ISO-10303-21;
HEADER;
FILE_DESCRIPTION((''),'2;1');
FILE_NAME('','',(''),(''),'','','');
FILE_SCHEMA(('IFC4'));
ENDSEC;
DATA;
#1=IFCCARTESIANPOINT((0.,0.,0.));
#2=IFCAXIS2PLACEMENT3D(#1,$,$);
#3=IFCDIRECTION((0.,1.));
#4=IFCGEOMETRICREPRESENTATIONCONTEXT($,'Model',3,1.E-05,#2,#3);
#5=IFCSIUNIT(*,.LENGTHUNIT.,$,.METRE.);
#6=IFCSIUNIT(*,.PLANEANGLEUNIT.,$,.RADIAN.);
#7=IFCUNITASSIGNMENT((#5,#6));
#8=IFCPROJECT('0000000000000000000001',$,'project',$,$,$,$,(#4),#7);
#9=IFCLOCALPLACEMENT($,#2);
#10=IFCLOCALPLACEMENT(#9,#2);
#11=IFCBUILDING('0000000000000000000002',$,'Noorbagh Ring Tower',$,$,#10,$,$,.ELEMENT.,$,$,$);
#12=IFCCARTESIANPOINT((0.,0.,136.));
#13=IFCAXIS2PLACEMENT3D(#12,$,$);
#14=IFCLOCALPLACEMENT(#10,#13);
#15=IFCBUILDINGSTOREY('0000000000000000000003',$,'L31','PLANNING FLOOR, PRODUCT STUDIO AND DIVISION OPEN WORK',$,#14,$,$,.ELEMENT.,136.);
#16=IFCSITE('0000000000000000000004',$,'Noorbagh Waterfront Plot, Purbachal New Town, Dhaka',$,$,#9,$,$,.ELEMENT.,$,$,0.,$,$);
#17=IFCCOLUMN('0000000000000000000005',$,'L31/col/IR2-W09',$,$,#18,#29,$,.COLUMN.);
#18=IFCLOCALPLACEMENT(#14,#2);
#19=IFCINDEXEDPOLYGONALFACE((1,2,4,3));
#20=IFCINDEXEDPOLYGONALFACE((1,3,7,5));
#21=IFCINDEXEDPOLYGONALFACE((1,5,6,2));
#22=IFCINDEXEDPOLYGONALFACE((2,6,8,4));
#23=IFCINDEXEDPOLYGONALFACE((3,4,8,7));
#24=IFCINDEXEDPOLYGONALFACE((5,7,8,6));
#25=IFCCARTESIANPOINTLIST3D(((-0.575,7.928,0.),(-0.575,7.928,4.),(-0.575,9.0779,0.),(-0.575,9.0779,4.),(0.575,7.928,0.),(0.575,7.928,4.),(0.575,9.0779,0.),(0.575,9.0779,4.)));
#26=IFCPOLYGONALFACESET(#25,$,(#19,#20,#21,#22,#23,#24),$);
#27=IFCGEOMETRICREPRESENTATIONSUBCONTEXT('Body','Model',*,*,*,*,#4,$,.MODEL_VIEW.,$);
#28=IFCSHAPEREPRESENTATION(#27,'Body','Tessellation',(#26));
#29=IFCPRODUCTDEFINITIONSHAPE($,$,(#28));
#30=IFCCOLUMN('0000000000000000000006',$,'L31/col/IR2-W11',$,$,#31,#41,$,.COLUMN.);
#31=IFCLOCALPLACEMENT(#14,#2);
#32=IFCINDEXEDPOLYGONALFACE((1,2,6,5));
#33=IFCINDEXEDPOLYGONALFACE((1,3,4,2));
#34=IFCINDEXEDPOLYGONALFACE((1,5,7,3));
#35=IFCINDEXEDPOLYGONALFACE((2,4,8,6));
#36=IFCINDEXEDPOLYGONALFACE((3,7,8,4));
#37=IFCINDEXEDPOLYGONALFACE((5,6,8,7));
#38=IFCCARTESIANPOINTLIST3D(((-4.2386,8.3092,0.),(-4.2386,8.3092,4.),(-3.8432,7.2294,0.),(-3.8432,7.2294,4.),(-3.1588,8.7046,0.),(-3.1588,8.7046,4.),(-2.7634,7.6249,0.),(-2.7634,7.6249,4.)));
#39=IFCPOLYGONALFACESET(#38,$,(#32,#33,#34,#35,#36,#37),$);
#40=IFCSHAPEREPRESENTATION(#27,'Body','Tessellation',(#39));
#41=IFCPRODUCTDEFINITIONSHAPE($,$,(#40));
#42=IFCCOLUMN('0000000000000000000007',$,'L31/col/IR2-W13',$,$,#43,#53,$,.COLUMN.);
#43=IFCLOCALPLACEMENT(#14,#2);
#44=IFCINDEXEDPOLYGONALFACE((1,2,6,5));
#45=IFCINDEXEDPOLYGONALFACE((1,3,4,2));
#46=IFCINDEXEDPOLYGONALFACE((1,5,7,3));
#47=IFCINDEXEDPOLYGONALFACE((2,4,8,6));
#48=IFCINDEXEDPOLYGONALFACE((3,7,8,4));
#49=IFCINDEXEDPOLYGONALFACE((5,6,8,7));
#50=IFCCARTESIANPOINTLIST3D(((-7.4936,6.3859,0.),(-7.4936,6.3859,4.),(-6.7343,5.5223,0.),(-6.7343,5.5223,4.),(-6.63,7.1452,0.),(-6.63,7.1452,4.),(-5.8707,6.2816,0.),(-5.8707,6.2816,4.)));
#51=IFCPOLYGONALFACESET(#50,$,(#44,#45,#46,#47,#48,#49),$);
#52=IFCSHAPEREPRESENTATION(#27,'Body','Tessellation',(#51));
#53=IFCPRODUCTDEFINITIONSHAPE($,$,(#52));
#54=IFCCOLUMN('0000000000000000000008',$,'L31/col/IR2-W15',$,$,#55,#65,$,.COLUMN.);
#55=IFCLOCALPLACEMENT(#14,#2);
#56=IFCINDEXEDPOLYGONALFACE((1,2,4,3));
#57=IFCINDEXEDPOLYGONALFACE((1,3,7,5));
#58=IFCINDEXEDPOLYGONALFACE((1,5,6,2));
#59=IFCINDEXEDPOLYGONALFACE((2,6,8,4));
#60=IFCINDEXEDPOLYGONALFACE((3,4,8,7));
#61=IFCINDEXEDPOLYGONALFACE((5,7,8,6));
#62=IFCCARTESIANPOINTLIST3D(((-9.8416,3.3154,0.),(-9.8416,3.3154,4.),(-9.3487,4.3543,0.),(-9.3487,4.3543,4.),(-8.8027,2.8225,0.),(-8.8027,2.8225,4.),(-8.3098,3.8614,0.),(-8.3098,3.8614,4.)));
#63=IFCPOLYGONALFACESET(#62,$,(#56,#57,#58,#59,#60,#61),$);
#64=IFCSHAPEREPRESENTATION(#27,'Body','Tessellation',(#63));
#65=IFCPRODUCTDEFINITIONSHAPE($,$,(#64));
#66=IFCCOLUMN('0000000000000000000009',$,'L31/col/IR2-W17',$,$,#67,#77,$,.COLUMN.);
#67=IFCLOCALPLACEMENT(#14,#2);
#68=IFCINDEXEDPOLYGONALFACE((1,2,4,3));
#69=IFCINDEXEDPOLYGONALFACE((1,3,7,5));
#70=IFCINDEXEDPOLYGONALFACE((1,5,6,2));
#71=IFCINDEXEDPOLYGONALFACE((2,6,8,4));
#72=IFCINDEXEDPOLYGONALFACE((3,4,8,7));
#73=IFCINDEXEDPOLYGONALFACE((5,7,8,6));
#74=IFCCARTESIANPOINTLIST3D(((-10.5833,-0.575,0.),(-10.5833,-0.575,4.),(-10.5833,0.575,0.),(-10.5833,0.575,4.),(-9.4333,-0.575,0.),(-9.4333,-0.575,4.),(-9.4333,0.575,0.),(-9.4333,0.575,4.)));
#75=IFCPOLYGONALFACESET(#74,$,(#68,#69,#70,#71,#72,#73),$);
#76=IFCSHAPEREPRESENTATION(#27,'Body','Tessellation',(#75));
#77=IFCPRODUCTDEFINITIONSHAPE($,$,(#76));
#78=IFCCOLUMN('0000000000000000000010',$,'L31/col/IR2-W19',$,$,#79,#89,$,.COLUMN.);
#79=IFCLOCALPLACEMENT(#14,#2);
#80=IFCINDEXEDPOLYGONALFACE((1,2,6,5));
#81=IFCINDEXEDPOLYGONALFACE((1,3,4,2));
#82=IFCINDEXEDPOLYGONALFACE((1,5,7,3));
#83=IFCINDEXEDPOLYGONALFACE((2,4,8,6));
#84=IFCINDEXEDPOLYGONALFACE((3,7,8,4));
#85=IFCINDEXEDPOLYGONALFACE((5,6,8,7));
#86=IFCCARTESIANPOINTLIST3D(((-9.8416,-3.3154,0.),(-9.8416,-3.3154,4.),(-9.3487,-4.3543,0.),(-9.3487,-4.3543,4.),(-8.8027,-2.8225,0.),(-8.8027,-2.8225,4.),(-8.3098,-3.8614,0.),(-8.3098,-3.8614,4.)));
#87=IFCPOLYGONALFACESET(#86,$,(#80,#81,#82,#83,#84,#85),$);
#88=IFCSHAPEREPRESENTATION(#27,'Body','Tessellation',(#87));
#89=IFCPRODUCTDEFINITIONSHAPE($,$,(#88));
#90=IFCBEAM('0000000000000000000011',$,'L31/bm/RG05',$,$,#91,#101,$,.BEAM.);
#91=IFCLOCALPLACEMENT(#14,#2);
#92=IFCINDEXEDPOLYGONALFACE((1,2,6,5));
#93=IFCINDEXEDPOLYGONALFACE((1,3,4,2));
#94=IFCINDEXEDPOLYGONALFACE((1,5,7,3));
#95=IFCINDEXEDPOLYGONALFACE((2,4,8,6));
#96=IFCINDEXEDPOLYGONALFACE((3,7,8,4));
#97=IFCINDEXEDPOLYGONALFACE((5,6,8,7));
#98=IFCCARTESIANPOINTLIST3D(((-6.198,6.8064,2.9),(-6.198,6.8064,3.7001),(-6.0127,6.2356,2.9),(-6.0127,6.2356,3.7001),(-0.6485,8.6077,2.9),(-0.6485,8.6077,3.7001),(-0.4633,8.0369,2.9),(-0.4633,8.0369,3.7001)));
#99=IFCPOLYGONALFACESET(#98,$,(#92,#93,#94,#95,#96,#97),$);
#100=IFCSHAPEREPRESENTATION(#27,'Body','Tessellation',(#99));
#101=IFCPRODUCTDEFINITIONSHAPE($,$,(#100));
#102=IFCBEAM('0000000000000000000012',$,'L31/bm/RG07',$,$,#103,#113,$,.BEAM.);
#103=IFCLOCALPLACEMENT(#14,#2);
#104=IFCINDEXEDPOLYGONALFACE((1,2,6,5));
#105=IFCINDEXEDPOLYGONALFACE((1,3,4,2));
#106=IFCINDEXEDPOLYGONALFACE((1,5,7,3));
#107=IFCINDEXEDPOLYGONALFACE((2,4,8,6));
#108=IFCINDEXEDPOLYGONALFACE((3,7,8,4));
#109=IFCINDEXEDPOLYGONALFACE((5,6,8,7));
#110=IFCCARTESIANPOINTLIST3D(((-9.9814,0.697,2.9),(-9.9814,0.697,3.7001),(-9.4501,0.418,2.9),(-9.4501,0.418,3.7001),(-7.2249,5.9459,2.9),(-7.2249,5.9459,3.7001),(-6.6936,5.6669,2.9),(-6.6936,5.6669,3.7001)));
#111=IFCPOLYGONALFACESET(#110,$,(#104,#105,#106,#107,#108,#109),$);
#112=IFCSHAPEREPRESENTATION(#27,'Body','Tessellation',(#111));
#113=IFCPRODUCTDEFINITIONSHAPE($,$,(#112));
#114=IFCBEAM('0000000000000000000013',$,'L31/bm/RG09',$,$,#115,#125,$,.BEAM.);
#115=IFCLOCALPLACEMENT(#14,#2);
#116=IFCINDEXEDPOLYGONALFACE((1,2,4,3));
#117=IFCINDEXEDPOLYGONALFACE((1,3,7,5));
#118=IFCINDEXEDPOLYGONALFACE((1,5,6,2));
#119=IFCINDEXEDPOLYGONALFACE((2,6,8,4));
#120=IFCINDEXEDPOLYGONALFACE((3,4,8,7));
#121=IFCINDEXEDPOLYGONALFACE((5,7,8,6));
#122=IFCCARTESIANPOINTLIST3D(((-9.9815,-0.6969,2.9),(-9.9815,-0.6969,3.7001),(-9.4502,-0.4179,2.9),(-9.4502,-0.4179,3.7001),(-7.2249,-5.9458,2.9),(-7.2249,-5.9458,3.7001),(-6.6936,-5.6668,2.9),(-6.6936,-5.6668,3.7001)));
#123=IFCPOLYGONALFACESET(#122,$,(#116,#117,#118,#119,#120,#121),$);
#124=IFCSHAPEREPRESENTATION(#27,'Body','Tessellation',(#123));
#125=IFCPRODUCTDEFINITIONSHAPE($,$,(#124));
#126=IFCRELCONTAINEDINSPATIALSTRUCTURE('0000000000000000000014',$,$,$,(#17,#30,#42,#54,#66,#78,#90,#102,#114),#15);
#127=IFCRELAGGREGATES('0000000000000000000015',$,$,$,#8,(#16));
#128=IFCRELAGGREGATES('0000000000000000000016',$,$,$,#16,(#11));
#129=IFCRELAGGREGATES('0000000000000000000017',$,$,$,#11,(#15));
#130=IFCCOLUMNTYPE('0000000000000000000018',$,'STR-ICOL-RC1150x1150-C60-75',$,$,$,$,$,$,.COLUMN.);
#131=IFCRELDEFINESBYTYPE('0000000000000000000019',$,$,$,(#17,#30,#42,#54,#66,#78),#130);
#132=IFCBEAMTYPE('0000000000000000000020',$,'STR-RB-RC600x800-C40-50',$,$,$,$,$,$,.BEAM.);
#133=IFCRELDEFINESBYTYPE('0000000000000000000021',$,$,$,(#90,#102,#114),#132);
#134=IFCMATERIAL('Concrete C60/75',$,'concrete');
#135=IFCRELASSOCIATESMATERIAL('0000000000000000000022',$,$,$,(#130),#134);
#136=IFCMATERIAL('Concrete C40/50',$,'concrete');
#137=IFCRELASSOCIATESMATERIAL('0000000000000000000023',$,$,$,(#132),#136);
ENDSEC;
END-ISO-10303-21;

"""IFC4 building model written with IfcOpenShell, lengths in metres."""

from ifc_helpers import new_model, si_unit, direction, frame, origin, origin_2d, place, context, subcontext, project, spatial, rectangle, extrude, material, material_profile, profile_set, type_object, element, save


model = new_model("IFC4")

# Units and contexts
model_context = context("Model", 3, precision=1e-05, world=origin(), true_north=direction((0.0, 1.0)))
body_context = subcontext(model_context, "Body", "Model", "MODEL_VIEW")
ifc_project = project(units=[si_unit("LENGTHUNIT", "METRE"), si_unit("PLANEANGLEUNIT", "RADIAN")], contexts=[model_context])

# Site, building, storey
site_placement = place(None, origin())
site = spatial("IfcSite", under=ifc_project, at=site_placement, Name="Noorbagh Waterfront Plot, Purbachal New Town, Dhaka", CompositionType="ELEMENT", RefElevation=0.0)
building_placement = place(site_placement, origin())
building = spatial("IfcBuilding", under=site, at=building_placement, Name="Noorbagh Ring Tower", CompositionType="ELEMENT")
storey_placement = place(building_placement, frame((0.0, 0.0, 136.0)))
storey = spatial("IfcBuildingStorey", under=building, at=storey_placement, Name="L31", Description="PLANNING FLOOR, PRODUCT STUDIO AND DIVISION OPEN WORK", CompositionType="ELEMENT", Elevation=136.0)

# Columns
ifc_material_1 = material(Name="Concrete C60/75", Category="concrete")
ifc_material_profile_1 = material_profile(ifc_material_1, rectangle(XDim=1.1499, YDim=1.1499, at=origin_2d()), Name="RC1150x1150")
ifc_profile_set_1 = profile_set([ifc_material_profile_1], Name="Concrete C60/75")
column_type = type_object("IfcColumnType", Name="STR-ICOL-RC1150x1150-C60-75", PredefinedType="COLUMN", material=ifc_profile_set_1)
for number, where, z_axis, x_axis, name in (
    (1, (0.0, 8.5029, 0.0), (0.0, 0.0, 1.0), (-1.0, 0.0, 0.0), "L31/col/IR2-W09"),
    (2, (-3.501, 7.967, 0.0), (0.0, 0.0, 1.0), (-0.93902, -0.343864, 0.0), "L31/col/IR2-W11"),
    (3, (-6.6821, 6.3337, 0.0), (0.0, 0.0, 1.0), (-0.751022, -0.660277, 0.0), "L31/col/IR2-W13"),
    (4, (-9.0757, 3.5884, 0.0), (0.0, 0.0, 1.0), (-0.428667, -0.903463, 0.0), "L31/col/IR2-W15"),
    (5, (-10.0083, 0.0, 0.0), (0.0, 0.0, 1.0), (0.0, -1.0, 0.0), "L31/col/IR2-W17"),
    (6, (-9.0757, -3.5884, 0.0), (0.0, 0.0, 1.0), (0.428667, -0.903463, 0.0), "L31/col/IR2-W19"),
):
    element("IfcColumn", number, at=place(storey_placement, frame(where, z_axis=z_axis, x_axis=x_axis)), inside=storey, type_object=column_type, Name=name, PredefinedType="COLUMN", context=body_context, shape_type="SweptSolid", body=[
        extrude(rectangle(XDim=1.1499, YDim=1.1499, at=origin_2d()), origin(), (0.0, 0.0, 1.0), 4.0),
    ])

# Beams
ifc_material_2 = material(Name="Concrete C40/50", Category="concrete")
ifc_material_profile_2 = material_profile(ifc_material_2, rectangle(XDim=0.6001, YDim=0.8, at=origin_2d()), Name="RC600x800")
ifc_profile_set_2 = profile_set([ifc_material_profile_2], Name="Concrete C40/50")
beam_type = type_object("IfcBeamType", Name="STR-RB-RC600x800-C40-50", PredefinedType="BEAM", material=ifc_profile_set_2)
beam_placement = place(storey_placement, frame((-0.5559, 8.3223, 3.3), z_axis=(-0.951152, -0.308724, 0.0), x_axis=(0.308724, -0.951152, 0.0)))
element("IfcBeam", 7, at=beam_placement, inside=storey, type_object=beam_type, Name="L31/bm/RG05", PredefinedType="BEAM", context=body_context, shape_type="SweptSolid", body=[
    extrude(rectangle(XDim=0.6001, YDim=0.8, at=origin_2d()), origin(), (0.0, 0.0, 1.0), 5.8345),
])
for number, where, z_axis, x_axis, name in (
    (8, (-6.9592, 5.8064, 3.3), (-0.464947, -0.885339, 0.0), (0.885339, -0.464947, 0.0), "L31/bm/RG07"),
    (9, (-9.7158, -0.5574, 3.3), (0.464947, -0.885339, 0.0), (0.885339, 0.464947, 0.0), "L31/bm/RG09"),
):
    element("IfcBeam", number, at=place(storey_placement, frame(where, z_axis=z_axis, x_axis=x_axis)), inside=storey, type_object=beam_type, Name=name, PredefinedType="BEAM", context=body_context, shape_type="SweptSolid", body=[
        extrude(rectangle(XDim=0.6001, YDim=0.8, at=origin_2d()), origin(), (0.0, 0.0, 1.0), 5.9287),
    ])

save(model, "model.ifc")
